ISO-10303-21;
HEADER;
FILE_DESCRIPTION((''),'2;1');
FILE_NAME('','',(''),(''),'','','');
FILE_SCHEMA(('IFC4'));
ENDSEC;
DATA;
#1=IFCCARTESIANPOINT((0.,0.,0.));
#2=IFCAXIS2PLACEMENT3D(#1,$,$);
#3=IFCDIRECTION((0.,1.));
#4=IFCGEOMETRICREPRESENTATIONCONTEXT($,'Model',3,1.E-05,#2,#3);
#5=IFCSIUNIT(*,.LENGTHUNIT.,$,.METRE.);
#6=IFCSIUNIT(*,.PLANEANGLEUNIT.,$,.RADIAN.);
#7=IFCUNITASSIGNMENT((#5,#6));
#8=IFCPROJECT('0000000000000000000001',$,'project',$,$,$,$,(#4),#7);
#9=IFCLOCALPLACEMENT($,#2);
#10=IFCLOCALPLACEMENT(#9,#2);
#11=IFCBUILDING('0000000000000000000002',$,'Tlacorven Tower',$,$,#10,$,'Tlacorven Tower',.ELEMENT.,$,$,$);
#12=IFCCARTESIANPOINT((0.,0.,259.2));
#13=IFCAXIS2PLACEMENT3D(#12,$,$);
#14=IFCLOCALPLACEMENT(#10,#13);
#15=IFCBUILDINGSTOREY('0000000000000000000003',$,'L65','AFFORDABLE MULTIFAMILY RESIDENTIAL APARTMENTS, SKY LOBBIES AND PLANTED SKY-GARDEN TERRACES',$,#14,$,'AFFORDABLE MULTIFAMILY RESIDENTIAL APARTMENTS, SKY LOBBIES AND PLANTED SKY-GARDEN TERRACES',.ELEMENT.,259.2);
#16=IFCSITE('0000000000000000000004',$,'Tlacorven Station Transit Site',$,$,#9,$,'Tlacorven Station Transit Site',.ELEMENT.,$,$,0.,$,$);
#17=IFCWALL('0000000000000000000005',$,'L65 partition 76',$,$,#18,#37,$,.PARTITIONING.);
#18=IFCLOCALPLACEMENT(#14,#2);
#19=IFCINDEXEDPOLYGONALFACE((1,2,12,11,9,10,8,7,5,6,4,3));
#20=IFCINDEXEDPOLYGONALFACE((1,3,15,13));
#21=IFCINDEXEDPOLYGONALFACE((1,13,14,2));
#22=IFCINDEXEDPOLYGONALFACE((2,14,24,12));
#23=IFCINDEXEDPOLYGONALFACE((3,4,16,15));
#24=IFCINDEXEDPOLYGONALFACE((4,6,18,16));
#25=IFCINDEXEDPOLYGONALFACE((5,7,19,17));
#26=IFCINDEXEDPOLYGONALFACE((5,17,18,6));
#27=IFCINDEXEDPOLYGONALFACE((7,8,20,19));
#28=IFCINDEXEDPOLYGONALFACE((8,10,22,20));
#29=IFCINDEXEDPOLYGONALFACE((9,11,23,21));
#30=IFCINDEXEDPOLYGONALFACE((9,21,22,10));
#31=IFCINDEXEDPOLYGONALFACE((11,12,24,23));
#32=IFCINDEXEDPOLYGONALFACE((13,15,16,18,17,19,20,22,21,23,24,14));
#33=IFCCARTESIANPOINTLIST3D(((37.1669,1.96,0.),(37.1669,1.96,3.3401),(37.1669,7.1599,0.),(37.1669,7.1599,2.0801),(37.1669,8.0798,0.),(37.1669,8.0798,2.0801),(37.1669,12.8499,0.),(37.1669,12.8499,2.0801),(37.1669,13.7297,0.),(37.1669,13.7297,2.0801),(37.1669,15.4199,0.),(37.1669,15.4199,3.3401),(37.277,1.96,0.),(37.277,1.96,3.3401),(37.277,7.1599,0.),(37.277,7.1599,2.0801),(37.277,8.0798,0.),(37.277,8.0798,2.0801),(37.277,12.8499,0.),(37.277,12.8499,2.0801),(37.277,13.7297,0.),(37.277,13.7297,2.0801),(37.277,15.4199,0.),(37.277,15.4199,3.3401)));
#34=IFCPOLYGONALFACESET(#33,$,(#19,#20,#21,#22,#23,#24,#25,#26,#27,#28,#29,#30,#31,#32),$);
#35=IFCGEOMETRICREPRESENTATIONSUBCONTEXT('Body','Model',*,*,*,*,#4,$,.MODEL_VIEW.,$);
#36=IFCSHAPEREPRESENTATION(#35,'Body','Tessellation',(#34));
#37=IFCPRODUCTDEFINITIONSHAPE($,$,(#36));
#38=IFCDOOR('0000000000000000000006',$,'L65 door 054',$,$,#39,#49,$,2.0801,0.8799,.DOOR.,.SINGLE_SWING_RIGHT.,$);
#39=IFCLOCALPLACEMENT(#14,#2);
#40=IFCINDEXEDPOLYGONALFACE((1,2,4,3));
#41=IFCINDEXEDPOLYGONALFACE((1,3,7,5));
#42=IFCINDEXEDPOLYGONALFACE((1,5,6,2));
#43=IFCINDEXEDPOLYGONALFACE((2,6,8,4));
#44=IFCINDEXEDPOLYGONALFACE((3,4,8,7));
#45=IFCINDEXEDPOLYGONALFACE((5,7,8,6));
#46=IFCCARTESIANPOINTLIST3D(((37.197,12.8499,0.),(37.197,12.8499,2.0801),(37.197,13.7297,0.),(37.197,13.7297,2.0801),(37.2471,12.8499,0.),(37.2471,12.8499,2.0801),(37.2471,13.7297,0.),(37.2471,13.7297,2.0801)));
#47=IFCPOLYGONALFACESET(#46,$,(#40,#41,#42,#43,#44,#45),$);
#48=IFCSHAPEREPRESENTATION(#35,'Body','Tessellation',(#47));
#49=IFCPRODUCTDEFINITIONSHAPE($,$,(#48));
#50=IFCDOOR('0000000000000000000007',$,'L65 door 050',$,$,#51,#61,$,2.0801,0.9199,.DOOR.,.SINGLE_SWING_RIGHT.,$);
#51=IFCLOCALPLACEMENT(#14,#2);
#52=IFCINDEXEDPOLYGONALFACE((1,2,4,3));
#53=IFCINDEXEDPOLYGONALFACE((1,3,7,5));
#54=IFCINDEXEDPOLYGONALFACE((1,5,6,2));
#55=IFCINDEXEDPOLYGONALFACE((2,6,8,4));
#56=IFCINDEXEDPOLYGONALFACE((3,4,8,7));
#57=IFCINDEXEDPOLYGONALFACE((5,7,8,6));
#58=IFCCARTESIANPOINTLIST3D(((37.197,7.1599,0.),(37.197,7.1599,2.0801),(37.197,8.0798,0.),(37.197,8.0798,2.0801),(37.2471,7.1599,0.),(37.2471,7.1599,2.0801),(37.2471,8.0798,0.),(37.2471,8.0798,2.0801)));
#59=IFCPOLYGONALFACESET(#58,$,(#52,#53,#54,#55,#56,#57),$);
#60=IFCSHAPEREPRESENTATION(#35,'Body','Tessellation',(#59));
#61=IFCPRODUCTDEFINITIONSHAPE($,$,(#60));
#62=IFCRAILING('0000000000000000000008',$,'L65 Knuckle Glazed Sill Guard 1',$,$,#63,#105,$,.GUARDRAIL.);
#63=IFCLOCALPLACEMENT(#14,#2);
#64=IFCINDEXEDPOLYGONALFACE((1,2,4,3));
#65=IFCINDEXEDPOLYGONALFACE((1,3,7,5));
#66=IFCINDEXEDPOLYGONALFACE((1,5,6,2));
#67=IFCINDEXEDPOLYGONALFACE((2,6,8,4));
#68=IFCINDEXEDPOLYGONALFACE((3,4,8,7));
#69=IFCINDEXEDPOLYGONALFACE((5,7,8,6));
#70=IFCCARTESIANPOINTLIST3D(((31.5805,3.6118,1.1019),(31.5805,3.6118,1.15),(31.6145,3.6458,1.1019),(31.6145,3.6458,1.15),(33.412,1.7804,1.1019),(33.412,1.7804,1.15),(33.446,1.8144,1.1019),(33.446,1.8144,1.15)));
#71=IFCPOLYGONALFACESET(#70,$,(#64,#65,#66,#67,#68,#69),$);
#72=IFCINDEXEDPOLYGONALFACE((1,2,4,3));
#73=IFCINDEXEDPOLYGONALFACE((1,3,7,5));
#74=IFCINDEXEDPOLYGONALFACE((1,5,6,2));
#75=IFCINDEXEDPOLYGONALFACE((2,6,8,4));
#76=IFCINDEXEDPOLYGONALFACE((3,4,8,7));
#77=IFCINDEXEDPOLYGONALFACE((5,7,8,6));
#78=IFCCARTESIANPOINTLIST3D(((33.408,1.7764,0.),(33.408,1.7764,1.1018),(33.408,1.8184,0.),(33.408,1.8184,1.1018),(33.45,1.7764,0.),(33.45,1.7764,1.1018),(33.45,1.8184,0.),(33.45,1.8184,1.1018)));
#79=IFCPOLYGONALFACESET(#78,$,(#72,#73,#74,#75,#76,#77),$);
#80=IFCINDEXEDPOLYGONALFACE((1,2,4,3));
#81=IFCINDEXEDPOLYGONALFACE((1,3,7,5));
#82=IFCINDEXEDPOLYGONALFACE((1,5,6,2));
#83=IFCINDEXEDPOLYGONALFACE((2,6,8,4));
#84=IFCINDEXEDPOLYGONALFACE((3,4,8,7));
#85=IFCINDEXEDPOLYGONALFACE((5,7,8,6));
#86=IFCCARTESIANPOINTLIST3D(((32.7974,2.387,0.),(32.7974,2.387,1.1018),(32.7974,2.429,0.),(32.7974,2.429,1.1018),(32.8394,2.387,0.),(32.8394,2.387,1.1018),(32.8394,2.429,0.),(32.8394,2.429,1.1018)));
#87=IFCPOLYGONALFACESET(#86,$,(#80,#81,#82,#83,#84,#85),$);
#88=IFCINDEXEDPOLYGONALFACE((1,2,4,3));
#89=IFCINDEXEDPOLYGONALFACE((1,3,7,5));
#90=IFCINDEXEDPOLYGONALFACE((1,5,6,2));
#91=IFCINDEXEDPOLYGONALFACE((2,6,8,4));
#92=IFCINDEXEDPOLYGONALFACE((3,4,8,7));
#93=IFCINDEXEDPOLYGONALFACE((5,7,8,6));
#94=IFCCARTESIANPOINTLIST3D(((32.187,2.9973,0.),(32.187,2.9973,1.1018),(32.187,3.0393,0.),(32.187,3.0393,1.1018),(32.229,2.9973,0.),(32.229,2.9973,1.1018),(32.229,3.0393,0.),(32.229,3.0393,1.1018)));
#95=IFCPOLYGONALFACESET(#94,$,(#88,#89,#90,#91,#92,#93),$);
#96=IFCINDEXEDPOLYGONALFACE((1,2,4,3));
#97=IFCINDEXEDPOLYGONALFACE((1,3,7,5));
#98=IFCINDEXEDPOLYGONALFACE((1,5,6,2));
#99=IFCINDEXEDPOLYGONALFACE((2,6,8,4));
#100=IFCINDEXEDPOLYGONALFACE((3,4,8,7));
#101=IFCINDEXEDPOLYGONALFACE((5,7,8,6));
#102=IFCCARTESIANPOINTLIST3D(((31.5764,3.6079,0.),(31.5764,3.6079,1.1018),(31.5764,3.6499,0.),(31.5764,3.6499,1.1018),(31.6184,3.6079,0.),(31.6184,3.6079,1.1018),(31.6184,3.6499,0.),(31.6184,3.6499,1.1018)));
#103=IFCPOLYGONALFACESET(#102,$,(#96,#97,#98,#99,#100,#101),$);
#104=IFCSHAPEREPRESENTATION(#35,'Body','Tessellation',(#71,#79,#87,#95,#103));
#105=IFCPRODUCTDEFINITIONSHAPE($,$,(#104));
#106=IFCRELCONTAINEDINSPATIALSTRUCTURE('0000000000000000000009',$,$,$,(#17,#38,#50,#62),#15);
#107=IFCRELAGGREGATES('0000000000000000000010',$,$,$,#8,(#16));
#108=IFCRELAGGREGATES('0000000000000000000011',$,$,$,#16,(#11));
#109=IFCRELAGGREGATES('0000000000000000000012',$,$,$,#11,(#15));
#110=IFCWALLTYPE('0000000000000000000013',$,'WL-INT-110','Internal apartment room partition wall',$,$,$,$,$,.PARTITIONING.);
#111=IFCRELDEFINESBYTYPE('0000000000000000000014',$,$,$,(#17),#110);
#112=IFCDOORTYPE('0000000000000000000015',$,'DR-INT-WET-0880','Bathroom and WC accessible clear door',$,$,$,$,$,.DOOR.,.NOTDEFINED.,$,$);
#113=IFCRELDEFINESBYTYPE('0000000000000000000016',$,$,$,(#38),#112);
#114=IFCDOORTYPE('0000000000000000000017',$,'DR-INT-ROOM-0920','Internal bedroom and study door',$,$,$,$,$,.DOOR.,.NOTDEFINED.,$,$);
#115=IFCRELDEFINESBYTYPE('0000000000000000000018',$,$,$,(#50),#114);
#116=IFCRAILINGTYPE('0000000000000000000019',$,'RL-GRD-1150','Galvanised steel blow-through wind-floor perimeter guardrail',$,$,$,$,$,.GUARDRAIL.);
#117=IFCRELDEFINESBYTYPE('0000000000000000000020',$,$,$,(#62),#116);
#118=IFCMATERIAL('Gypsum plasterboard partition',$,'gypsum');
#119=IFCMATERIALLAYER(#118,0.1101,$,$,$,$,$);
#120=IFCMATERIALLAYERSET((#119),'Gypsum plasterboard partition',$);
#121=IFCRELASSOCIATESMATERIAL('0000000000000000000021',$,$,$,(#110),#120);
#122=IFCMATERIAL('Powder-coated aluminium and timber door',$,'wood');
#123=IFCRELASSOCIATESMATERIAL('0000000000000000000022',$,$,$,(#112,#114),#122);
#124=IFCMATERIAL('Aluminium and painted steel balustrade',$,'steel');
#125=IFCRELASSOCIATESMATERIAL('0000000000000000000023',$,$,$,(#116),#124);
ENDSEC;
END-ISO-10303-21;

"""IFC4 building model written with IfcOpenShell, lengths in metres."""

from ifc_helpers import new_model, si_unit, direction, frame, frame_2d, origin, origin_2d, place, context, subcontext, project, spatial, rectangle, extrude, source, transform, mapped, material, layer, layer_set, type_object, element, fill, save


model = new_model("IFC4")

# Units and contexts
model_context = context("Model", 3, precision=1e-05, world=origin(), true_north=direction((0.0, 1.0)))
body_context = subcontext(model_context, "Body", "Model", "MODEL_VIEW")
ifc_project = project(units=[si_unit("LENGTHUNIT", "METRE"), si_unit("PLANEANGLEUNIT", "RADIAN")], contexts=[model_context])

# Site, building, storey
site_placement = place(None, origin())
site = spatial("IfcSite", under=ifc_project, at=site_placement, Name="Tlacorven Station Transit Site", LongName="Tlacorven Station Transit Site", CompositionType="ELEMENT", RefElevation=0.0)
building_placement = place(site_placement, origin())
building = spatial("IfcBuilding", under=site, at=building_placement, Name="Tlacorven Tower", LongName="Tlacorven Tower", CompositionType="ELEMENT")
storey_placement = place(building_placement, frame((0.0, 0.0, 259.2)))
storey = spatial("IfcBuildingStorey", under=building, at=storey_placement, Name="L65", Description="AFFORDABLE MULTIFAMILY RESIDENTIAL APARTMENTS, SKY LOBBIES AND PLANTED SKY-GARDEN TERRACES", LongName="AFFORDABLE MULTIFAMILY RESIDENTIAL APARTMENTS, SKY LOBBIES AND PLANTED SKY-GARDEN TERRACES", CompositionType="ELEMENT", Elevation=259.2)

# Wall, openings, doors
ifc_material_1 = material(Name="Gypsum plasterboard partition", Category="gypsum")
ifc_layer_1 = layer(ifc_material_1, 0.1101)
ifc_layer_set_1 = layer_set([ifc_layer_1], Name="Gypsum plasterboard partition")
wall_type_1 = type_object("IfcWallType", Name="WL-INT-110", Description="Internal apartment room partition wall", PredefinedType="PARTITIONING", material=ifc_layer_set_1)
wall_1_placement = place(storey_placement, frame((37.2219, 1.96, 0.0), z_axis=(0.0, 0.0, 1.0), x_axis=(0.0, 1.0, 0.0)))
wall_1 = element("IfcWall", 1, at=wall_1_placement, inside=storey, type_object=wall_type_1, Name="L65 partition 76", PredefinedType="PARTITIONING", context=body_context, shape_type="SweptSolid", body=[
    extrude(rectangle(XDim=13.46, YDim=0.1101, at=frame_2d((6.73, 0.0))), origin(), (0.0, 0.0, 1.0), 3.3401),
])
opening_1_placement = place(wall_1_placement, frame((5.2, 0.0, 0.0)))
opening_1 = element("IfcOpeningElement", 2, at=opening_1_placement, cuts=wall_1, PredefinedType="OPENING", context=body_context, shape_type="SweptSolid", body=[
    extrude(rectangle(XDim=0.9199, YDim=2.0801, at=frame_2d((0.46, 1.04))), frame((0.0, 0.0649, 0.0), z_axis=(0.0, -1.0, 0.0), x_axis=(1.0, 0.0, 0.0)), (0.0, 0.0, 1.0), 0.1301),
])
opening_2_placement = place(wall_1_placement, frame((10.8899, 0.0, 0.0)))
opening_2 = element("IfcOpeningElement", 3, at=opening_2_placement, cuts=wall_1, PredefinedType="OPENING", context=body_context, shape_type="SweptSolid", body=[
    extrude(rectangle(XDim=0.8799, YDim=2.0801, at=frame_2d((0.4399, 1.04))), frame((0.0, 0.0649, 0.0), z_axis=(0.0, -1.0, 0.0), x_axis=(1.0, 0.0, 0.0)), (0.0, 0.0, 1.0), 0.1301),
])
ifc_material_2 = material(Name="Powder-coated aluminium and timber door", Category="wood")
door_type_1 = type_object("IfcDoorType", Name="DR-INT-WET-0880", Description="Bathroom and WC accessible clear door", OperationType="NOTDEFINED", PredefinedType="DOOR", material=ifc_material_2)
shared_shape_1 = source(origin(), body_context, "Body", "SweptSolid", [
    extrude(rectangle(XDim=0.8799, YDim=2.0801, at=frame_2d((0.4399, 1.04))), frame((0.0, 0.0249, 0.0), z_axis=(0.0, -1.0, 0.0), x_axis=(1.0, 0.0, 0.0)), (0.0, 0.0, 1.0), 0.05),
])
door_1_placement = place(opening_2_placement, origin())
door_1 = element("IfcDoor", 4, at=door_1_placement, inside=storey, type_object=door_type_1, Name="L65 door 054", OperationType="SINGLE_SWING_RIGHT", OverallHeight=2.0801, OverallWidth=0.8799, PredefinedType="DOOR", context=body_context, shape_type="MappedRepresentation", body=[
    mapped(shared_shape_1, transform((0.0, 0.0, 0.0), scale=1.0)),
])
fill(opening_2, door_1)
door_type_2 = type_object("IfcDoorType", Name="DR-INT-ROOM-0920", Description="Internal bedroom and study door", OperationType="NOTDEFINED", PredefinedType="DOOR", material=ifc_material_2)
shared_shape_2 = source(origin(), body_context, "Body", "SweptSolid", [
    extrude(rectangle(XDim=0.9199, YDim=2.0801, at=frame_2d((0.46, 1.04))), frame((0.0, 0.0249, 0.0), z_axis=(0.0, -1.0, 0.0), x_axis=(1.0, 0.0, 0.0)), (0.0, 0.0, 1.0), 0.05),
])
door_2_placement = place(opening_1_placement, origin())
door_2 = element("IfcDoor", 5, at=door_2_placement, inside=storey, type_object=door_type_2, Name="L65 door 050", OperationType="SINGLE_SWING_RIGHT", OverallHeight=2.0801, OverallWidth=0.9199, PredefinedType="DOOR", context=body_context, shape_type="MappedRepresentation", body=[
    mapped(shared_shape_2, transform((0.0, 0.0, 0.0), scale=1.0)),
])
fill(opening_1, door_2)

# Railing
ifc_material_3 = material(Name="Aluminium and painted steel balustrade", Category="steel")
railing_type = type_object("IfcRailingType", Name="RL-GRD-1150", Description="Galvanised steel blow-through wind-floor perimeter guardrail", PredefinedType="GUARDRAIL", material=ifc_material_3)
shared_shape_3 = source(origin(), body_context, "Body", "SweptSolid", [
    extrude(rectangle(XDim=0.0481, YDim=0.0481, at=origin_2d()), frame((0.0, 0.0, 1.126), z_axis=(-0.707107, 0.707107, 0.0), x_axis=(-0.707107, -0.707107, 0.0)), (0.0, 0.0, 1.0), 2.5901),
    extrude(rectangle(XDim=0.042, YDim=0.042, at=origin_2d()), origin(), (0.0, 0.0, 1.0), 1.1018),
    extrude(rectangle(XDim=0.042, YDim=0.042, at=origin_2d()), frame((-0.6106, 0.6106, 0.0)), (0.0, 0.0, 1.0), 1.1018),
    extrude(rectangle(XDim=0.042, YDim=0.042, at=origin_2d()), frame((-1.2209, 1.2209, 0.0)), (0.0, 0.0, 1.0), 1.1018),
    extrude(rectangle(XDim=0.042, YDim=0.042, at=origin_2d()), frame((-1.8315, 1.8315, 0.0)), (0.0, 0.0, 1.0), 1.1018),
])
railing_placement = place(storey_placement, frame((33.429, 1.7974, 0.0)))
element("IfcRailing", 6, at=railing_placement, inside=storey, type_object=railing_type, Name="L65 Knuckle Glazed Sill Guard 1", PredefinedType="GUARDRAIL", context=body_context, shape_type="MappedRepresentation", body=[
    mapped(shared_shape_3, transform((0.0, 0.0, 0.0), scale=1.0)),
])

save(model, "model.ifc")
